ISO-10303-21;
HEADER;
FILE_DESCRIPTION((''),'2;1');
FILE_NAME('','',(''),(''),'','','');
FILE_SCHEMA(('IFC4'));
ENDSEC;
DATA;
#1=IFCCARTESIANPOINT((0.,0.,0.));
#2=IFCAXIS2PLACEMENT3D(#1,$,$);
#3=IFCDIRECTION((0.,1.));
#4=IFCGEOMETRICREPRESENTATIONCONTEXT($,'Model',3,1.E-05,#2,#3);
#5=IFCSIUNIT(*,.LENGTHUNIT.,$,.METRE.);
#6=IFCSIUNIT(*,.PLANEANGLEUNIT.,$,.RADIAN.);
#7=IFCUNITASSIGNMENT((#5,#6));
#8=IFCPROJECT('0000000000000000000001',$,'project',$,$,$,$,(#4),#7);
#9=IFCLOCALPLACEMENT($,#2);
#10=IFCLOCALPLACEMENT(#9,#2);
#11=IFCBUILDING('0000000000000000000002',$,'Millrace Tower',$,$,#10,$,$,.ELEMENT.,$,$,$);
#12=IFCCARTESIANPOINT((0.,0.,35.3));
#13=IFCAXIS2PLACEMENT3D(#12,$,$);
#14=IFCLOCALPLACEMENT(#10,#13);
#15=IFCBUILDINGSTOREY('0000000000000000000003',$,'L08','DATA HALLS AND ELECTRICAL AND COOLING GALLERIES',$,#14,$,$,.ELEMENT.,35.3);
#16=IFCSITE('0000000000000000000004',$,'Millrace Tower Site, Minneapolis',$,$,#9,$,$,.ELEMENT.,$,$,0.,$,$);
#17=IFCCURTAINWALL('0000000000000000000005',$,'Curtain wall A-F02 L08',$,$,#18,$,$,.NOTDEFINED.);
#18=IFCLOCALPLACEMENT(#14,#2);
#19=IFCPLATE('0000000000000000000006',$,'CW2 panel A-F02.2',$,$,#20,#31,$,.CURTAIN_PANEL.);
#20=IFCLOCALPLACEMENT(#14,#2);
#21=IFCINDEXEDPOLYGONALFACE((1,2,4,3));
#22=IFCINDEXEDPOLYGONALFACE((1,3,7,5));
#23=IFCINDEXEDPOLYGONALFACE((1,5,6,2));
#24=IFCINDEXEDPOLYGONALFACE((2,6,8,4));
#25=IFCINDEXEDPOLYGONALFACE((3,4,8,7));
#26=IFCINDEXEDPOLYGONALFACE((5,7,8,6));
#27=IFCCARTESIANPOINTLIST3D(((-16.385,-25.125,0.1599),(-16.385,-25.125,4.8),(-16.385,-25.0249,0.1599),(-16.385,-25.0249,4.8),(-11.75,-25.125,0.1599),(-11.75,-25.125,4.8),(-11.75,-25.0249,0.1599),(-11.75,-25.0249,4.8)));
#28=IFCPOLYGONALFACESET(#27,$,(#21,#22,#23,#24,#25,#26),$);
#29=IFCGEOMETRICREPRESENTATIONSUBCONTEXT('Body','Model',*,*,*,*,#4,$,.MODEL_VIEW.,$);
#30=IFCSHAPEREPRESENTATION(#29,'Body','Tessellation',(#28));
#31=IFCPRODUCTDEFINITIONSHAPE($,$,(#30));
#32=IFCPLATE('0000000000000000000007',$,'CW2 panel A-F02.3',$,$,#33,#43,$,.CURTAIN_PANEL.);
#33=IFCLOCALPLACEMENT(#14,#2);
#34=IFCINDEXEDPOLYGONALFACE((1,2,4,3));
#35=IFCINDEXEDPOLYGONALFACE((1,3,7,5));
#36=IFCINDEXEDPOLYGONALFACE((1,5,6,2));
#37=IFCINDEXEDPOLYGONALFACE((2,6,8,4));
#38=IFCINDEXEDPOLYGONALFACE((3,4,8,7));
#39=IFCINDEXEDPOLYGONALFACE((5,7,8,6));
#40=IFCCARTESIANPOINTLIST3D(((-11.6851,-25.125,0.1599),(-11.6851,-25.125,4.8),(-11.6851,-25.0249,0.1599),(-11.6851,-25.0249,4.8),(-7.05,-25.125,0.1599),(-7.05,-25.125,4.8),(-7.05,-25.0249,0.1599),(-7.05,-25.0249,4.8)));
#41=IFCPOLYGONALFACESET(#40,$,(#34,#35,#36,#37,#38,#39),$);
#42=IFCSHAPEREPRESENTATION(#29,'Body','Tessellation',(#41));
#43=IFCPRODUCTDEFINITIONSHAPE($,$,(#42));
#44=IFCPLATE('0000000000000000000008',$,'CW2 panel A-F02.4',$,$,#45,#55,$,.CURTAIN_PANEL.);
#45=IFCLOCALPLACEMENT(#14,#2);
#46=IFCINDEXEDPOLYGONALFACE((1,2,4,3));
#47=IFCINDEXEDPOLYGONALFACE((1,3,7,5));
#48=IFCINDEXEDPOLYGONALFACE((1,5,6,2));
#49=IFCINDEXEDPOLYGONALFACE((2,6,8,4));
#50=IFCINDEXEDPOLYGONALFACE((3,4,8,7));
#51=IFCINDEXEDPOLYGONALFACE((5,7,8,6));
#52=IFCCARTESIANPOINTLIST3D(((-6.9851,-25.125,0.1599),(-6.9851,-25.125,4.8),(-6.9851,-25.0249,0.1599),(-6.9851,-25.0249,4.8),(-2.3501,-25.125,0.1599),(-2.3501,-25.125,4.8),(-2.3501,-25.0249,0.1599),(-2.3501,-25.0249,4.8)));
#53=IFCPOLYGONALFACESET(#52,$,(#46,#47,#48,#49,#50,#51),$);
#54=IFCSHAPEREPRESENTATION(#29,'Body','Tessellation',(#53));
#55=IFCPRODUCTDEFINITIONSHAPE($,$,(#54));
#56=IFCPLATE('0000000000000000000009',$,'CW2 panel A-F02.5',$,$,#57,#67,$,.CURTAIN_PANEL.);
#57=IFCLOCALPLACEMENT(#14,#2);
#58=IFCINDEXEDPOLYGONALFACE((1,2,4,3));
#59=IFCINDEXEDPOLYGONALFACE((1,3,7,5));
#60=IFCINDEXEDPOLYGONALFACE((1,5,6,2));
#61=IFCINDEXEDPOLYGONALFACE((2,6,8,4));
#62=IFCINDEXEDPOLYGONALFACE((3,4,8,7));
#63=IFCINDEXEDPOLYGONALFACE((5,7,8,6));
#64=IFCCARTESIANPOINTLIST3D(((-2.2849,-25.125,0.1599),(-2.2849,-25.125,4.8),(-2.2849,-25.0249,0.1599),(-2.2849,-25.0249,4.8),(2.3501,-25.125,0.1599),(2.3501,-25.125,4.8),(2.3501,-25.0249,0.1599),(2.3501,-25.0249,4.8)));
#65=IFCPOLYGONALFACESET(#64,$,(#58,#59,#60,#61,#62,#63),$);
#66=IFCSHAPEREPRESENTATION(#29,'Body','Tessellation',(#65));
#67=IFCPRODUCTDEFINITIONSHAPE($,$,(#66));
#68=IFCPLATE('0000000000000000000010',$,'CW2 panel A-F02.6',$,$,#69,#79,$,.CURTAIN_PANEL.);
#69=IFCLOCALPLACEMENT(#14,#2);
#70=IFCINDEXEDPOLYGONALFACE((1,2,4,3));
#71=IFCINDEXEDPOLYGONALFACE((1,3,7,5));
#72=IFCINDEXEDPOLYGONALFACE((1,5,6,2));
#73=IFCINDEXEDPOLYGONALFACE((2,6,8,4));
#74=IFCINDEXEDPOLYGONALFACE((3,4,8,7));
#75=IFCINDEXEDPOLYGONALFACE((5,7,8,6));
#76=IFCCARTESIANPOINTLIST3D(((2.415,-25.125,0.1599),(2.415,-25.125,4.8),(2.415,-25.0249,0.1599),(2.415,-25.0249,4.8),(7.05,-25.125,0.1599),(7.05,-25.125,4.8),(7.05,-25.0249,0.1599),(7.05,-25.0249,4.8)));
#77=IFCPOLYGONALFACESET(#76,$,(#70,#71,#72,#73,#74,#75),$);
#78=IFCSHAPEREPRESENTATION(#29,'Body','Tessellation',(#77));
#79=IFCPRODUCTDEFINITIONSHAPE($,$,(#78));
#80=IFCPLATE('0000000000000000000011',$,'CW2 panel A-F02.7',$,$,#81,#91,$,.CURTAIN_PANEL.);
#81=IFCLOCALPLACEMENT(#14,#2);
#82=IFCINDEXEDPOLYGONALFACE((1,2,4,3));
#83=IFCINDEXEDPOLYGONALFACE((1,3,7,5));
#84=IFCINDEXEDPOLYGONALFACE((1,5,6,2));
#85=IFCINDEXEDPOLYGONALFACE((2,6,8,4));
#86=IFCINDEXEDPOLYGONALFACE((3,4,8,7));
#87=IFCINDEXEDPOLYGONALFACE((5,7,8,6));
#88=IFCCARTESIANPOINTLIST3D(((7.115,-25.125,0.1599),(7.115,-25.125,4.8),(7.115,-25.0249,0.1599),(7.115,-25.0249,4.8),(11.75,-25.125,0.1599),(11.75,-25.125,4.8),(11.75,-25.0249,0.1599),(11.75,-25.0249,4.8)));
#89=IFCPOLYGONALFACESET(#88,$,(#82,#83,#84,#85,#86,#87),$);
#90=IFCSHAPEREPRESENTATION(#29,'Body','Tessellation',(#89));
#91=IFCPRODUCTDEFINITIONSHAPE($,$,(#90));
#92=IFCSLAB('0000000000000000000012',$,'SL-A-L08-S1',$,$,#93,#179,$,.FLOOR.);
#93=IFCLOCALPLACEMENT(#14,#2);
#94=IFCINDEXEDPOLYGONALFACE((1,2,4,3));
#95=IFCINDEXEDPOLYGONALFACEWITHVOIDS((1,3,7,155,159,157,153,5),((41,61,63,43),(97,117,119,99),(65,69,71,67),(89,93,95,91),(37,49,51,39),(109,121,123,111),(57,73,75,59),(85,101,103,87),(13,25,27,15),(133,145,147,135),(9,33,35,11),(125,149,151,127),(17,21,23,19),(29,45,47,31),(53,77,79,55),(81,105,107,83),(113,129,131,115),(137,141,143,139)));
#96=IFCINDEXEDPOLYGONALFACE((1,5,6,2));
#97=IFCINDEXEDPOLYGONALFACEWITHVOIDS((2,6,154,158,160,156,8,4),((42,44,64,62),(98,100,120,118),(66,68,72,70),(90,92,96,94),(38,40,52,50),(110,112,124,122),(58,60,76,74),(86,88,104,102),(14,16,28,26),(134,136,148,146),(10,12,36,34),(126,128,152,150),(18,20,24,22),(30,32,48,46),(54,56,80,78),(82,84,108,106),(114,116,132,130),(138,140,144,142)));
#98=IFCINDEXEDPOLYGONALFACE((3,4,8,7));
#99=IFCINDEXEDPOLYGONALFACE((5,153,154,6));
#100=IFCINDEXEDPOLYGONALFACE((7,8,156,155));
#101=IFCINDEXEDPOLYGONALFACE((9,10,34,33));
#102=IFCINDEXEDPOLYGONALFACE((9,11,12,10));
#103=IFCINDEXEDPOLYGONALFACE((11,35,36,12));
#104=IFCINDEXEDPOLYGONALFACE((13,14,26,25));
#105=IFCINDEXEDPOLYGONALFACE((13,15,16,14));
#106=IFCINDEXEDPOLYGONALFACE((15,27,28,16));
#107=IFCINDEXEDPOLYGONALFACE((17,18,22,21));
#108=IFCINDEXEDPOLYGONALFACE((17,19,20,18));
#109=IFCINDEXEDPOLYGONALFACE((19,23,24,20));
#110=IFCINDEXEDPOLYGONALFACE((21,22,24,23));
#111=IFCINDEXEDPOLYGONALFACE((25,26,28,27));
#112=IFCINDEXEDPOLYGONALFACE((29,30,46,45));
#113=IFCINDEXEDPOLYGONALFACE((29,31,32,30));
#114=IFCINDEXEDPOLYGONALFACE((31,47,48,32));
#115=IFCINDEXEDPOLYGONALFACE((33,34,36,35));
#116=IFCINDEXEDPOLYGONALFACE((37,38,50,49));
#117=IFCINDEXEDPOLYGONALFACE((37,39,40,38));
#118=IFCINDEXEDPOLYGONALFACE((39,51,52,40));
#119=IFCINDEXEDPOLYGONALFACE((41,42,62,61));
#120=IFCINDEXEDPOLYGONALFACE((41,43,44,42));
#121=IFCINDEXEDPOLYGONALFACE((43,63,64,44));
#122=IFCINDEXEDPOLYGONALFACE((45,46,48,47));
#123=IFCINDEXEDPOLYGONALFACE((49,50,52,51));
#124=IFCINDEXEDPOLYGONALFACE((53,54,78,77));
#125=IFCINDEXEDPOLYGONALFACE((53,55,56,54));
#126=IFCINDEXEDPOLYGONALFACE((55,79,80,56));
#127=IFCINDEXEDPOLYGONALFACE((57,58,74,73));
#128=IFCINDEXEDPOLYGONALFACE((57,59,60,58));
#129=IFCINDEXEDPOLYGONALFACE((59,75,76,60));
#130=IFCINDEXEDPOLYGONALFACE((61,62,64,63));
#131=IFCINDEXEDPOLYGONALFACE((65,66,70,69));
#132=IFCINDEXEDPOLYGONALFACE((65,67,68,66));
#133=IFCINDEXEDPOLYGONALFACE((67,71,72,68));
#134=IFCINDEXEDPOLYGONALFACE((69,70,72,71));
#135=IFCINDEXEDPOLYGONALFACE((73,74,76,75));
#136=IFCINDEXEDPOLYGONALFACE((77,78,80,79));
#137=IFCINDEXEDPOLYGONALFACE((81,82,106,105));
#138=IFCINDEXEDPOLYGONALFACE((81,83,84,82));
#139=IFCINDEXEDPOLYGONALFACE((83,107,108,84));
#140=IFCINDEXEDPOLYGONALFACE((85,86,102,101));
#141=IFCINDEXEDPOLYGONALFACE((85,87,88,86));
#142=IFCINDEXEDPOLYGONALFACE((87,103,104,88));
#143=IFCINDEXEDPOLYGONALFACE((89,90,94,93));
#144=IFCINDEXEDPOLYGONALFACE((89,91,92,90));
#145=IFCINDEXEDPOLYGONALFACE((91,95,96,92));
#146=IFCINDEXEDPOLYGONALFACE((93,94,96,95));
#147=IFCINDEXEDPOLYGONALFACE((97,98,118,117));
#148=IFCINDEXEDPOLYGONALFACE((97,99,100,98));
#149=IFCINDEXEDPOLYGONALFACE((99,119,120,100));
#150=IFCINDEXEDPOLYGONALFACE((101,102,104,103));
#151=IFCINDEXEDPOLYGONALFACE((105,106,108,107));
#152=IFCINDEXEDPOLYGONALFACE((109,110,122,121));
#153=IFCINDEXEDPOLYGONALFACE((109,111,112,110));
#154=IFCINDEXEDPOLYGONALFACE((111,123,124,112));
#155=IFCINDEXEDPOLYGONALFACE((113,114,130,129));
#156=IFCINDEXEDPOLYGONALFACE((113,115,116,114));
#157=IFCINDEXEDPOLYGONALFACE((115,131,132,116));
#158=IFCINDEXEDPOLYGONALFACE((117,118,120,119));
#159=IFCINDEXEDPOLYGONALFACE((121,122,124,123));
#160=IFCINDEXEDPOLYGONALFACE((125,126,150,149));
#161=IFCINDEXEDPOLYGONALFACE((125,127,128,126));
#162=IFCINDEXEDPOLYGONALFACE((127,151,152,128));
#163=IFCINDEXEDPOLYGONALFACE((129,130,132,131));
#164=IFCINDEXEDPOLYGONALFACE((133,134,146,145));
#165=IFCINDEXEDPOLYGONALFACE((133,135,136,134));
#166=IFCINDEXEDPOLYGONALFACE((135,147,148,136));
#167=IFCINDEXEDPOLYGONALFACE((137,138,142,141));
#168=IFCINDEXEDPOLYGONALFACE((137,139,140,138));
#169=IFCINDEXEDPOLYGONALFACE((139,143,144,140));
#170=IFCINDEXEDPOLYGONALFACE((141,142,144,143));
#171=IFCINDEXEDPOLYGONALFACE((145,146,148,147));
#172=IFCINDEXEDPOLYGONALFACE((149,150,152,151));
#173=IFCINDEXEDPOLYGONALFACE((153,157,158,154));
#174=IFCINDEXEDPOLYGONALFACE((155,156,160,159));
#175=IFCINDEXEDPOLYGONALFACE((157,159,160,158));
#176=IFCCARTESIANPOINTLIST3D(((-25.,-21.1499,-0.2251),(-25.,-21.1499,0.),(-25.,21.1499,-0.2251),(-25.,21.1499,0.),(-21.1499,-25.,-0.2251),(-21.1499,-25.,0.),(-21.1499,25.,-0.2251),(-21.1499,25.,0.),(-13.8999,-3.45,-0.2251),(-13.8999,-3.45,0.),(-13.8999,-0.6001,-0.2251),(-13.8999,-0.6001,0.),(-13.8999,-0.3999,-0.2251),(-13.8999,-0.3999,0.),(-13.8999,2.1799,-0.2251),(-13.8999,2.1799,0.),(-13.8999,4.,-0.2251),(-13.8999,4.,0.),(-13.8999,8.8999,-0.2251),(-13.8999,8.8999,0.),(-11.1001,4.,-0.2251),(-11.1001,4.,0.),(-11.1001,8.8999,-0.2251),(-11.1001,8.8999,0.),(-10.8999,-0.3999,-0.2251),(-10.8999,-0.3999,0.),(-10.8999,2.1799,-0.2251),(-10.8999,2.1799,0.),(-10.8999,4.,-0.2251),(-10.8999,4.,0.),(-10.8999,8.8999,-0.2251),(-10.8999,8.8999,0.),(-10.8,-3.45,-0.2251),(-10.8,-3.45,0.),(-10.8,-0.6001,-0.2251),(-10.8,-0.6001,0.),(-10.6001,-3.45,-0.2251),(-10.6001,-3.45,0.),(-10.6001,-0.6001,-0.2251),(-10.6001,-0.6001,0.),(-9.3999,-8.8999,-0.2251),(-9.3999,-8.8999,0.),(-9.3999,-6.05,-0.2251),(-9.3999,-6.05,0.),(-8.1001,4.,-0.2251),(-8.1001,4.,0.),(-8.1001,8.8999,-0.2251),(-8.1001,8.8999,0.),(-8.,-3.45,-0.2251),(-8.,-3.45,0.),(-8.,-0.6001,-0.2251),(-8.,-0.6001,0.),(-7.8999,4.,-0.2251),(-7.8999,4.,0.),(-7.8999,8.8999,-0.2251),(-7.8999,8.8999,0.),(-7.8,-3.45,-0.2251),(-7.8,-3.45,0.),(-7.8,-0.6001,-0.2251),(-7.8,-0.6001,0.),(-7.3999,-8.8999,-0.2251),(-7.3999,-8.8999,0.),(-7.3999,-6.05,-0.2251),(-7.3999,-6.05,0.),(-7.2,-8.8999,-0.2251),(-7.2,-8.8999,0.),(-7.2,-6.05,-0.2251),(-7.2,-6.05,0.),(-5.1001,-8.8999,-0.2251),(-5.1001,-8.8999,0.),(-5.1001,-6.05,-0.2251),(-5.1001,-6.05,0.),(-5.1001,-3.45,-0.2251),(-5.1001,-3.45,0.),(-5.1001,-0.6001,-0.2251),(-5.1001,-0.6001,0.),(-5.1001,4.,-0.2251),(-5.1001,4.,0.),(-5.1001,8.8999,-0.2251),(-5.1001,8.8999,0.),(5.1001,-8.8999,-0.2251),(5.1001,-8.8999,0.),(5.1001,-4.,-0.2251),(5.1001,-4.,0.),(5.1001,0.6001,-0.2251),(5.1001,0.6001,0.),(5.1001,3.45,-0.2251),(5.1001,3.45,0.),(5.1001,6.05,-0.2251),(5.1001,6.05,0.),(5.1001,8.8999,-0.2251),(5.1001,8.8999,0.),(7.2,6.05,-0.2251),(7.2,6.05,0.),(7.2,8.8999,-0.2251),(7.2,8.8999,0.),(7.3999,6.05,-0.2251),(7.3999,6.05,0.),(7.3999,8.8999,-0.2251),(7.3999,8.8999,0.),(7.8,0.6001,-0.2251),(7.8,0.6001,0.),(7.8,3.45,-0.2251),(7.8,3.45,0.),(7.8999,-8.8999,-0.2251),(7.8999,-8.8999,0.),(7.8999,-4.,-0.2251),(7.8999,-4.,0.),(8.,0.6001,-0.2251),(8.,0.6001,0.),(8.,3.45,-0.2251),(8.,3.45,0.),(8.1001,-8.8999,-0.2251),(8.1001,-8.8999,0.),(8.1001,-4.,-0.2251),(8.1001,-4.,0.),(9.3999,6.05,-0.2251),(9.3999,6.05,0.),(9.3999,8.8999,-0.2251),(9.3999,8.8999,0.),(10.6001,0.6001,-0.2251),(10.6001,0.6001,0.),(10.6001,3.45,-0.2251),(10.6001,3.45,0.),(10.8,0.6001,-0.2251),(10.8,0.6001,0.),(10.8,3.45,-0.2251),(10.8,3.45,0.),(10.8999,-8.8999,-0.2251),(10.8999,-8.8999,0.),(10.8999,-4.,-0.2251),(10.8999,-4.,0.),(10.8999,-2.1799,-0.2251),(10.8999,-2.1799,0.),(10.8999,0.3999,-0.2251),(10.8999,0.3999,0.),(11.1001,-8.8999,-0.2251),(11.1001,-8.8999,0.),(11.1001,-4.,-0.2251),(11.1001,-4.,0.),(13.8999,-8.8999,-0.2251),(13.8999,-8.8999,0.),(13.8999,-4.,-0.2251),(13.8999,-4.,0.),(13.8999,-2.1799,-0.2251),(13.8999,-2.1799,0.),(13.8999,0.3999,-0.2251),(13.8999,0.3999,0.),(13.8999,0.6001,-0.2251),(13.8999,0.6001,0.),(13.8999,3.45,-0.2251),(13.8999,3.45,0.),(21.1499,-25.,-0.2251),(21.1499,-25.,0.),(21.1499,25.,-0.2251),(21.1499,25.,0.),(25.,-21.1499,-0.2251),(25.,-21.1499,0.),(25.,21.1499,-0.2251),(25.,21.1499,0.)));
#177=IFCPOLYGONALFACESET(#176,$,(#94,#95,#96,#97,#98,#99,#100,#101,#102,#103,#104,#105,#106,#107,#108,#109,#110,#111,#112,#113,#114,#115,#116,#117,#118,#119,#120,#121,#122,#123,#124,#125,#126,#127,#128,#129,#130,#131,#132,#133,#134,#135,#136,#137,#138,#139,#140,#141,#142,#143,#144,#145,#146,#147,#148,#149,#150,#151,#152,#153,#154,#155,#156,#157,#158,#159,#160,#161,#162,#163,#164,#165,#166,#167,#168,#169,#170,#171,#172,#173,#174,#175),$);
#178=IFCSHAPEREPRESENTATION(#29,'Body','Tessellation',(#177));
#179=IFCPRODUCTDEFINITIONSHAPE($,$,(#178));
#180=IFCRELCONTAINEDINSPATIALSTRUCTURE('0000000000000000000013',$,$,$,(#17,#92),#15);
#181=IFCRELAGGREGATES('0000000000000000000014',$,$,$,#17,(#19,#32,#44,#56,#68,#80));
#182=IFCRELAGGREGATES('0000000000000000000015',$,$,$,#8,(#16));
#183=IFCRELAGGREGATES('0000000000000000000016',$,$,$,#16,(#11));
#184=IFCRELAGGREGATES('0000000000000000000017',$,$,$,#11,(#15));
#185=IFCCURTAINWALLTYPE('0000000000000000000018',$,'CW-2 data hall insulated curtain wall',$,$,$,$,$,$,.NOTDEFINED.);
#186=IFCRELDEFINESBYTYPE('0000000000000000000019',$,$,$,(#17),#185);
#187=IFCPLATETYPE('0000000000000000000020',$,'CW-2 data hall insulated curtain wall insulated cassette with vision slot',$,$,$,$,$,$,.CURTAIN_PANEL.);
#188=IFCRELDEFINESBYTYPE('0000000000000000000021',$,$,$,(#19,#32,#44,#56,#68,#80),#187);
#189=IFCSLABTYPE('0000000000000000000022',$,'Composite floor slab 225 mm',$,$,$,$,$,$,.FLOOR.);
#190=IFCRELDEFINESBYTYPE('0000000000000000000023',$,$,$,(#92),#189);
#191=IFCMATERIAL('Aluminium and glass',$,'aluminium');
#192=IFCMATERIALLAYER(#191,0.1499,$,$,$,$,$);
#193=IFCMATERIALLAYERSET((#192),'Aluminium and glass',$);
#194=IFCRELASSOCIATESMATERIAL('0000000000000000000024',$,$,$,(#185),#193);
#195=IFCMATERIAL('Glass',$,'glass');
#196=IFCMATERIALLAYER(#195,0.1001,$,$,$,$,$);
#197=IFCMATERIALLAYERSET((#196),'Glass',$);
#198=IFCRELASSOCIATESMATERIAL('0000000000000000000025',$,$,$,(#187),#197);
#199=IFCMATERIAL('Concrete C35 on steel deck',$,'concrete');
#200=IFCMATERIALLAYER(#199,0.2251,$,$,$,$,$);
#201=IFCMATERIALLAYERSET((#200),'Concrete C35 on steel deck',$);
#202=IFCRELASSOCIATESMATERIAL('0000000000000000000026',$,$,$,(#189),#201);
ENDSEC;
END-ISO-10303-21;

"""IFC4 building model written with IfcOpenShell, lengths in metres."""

from ifc_helpers import new_model, si_unit, direction, frame, origin, place, context, subcontext, project, spatial, polyline, outline, extrude, material, layer, layer_set, type_object, element, aggregate, save


model = new_model("IFC4")

# Units and contexts
model_context = context("Model", 3, precision=1e-05, world=origin(), true_north=direction((0.0, 1.0)))
body_context = subcontext(model_context, "Body", "Model", "MODEL_VIEW")
ifc_project = project(units=[si_unit("LENGTHUNIT", "METRE"), si_unit("PLANEANGLEUNIT", "RADIAN")], contexts=[model_context])

# Site, building, storey
site_placement = place(None, origin())
site = spatial("IfcSite", under=ifc_project, at=site_placement, Name="Millrace Tower Site, Minneapolis", CompositionType="ELEMENT", RefElevation=0.0)
building_placement = place(site_placement, origin())
building = spatial("IfcBuilding", under=site, at=building_placement, Name="Millrace Tower", CompositionType="ELEMENT")
storey_placement = place(building_placement, frame((0.0, 0.0, 35.3)))
storey = spatial("IfcBuildingStorey", under=building, at=storey_placement, Name="L08", Description="DATA HALLS AND ELECTRICAL AND COOLING GALLERIES", CompositionType="ELEMENT", Elevation=35.3)

# Shared definitions
ifc_material_1 = material(Name="Aluminium and glass", Category="aluminium")
ifc_layer_1 = layer(ifc_material_1, 0.1499)
ifc_layer_set_1 = layer_set([ifc_layer_1], Name="Aluminium and glass")
curtain_wall_type = type_object("IfcCurtainWallType", Name="CW-2 data hall insulated curtain wall", PredefinedType="NOTDEFINED", material=ifc_layer_set_1)
placement_1 = place(storey_placement, origin())
ifc_material_2 = material(Name="Glass", Category="glass")
ifc_layer_2 = layer(ifc_material_2, 0.1001)
ifc_layer_set_2 = layer_set([ifc_layer_2], Name="Glass")
plate_type = type_object("IfcPlateType", Name="CW-2 data hall insulated curtain wall insulated cassette with vision slot", PredefinedType="CURTAIN_PANEL", material=ifc_layer_set_2)
placement_2 = place(storey_placement, frame((0.0, 0.0, 0.1599)))

# Curtain wall, plates
curtain_wall_1 = element("IfcCurtainWall", 1, at=placement_1, inside=storey, type_object=curtain_wall_type, Name="Curtain wall A-F02 L08", PredefinedType="NOTDEFINED")
plate_1 = element("IfcPlate", 2, at=placement_2, type_object=plate_type, Name="CW2 panel A-F02.2", PredefinedType="CURTAIN_PANEL", context=body_context, shape_type="SweptSolid", body=[
    extrude(outline(polyline([(-16.385, -25.125), (-11.75, -25.125), (-11.75, -25.0249), (-16.385, -25.0249), (-16.385, -25.125)])), origin(), (0.0, 0.0, 1.0), 4.6401),
])
plate_2 = element("IfcPlate", 3, at=placement_2, type_object=plate_type, Name="CW2 panel A-F02.3", PredefinedType="CURTAIN_PANEL", context=body_context, shape_type="SweptSolid", body=[
    extrude(outline(polyline([(-11.6851, -25.125), (-7.05, -25.125), (-7.05, -25.0249), (-11.6851, -25.0249), (-11.6851, -25.125)])), origin(), (0.0, 0.0, 1.0), 4.6401),
])
plate_3 = element("IfcPlate", 4, at=placement_2, type_object=plate_type, Name="CW2 panel A-F02.4", PredefinedType="CURTAIN_PANEL", context=body_context, shape_type="SweptSolid", body=[
    extrude(outline(polyline([(-6.9851, -25.125), (-2.3501, -25.125), (-2.3501, -25.0249), (-6.9851, -25.0249), (-6.9851, -25.125)])), origin(), (0.0, 0.0, 1.0), 4.6401),
])
plate_4 = element("IfcPlate", 5, at=placement_2, type_object=plate_type, Name="CW2 panel A-F02.5", PredefinedType="CURTAIN_PANEL", context=body_context, shape_type="SweptSolid", body=[
    extrude(outline(polyline([(-2.2849, -25.125), (2.3501, -25.125), (2.3501, -25.0249), (-2.2849, -25.0249), (-2.2849, -25.125)])), origin(), (0.0, 0.0, 1.0), 4.6401),
])
plate_5 = element("IfcPlate", 6, at=placement_2, type_object=plate_type, Name="CW2 panel A-F02.6", PredefinedType="CURTAIN_PANEL", context=body_context, shape_type="SweptSolid", body=[
    extrude(outline(polyline([(2.415, -25.125), (7.05, -25.125), (7.05, -25.0249), (2.415, -25.0249), (2.415, -25.125)])), origin(), (0.0, 0.0, 1.0), 4.6401),
])
plate_6 = element("IfcPlate", 7, at=placement_2, type_object=plate_type, Name="CW2 panel A-F02.7", PredefinedType="CURTAIN_PANEL", context=body_context, shape_type="SweptSolid", body=[
    extrude(outline(polyline([(7.115, -25.125), (11.75, -25.125), (11.75, -25.0249), (7.115, -25.0249), (7.115, -25.125)])), origin(), (0.0, 0.0, 1.0), 4.6401),
])
aggregate(curtain_wall_1, [plate_1, plate_2, plate_3, plate_4, plate_5, plate_6])

# Slab
ifc_material_3 = material(Name="Concrete C35 on steel deck", Category="concrete")
ifc_layer_3 = layer(ifc_material_3, 0.2251)
ifc_layer_set_3 = layer_set([ifc_layer_3], Name="Concrete C35 on steel deck")
slab_type = type_object("IfcSlabType", Name="Composite floor slab 225 mm", PredefinedType="FLOOR", material=ifc_layer_set_3)
slab_placement = place(storey_placement, frame((0.0, 0.0, -0.2251)))
element("IfcSlab", 8, at=slab_placement, inside=storey, type_object=slab_type, Name="SL-A-L08-S1", PredefinedType="FLOOR", context=body_context, shape_type="SweptSolid", body=[
    extrude(outline(polyline([(-25.0, -21.1499), (-21.1499, -25.0), (21.1499, -25.0), (25.0, -21.1499), (25.0, 21.1499), (21.1499, 25.0), (-21.1499, 25.0), (-25.0, 21.1499), (-25.0, -21.1499)]), holes=[polyline([(-9.3999, -8.8999), (-7.3999, -8.8999), (-7.3999, -6.05), (-9.3999, -6.05), (-9.3999, -8.8999)]), polyline([(-7.2, -8.8999), (-5.1001, -8.8999), (-5.1001, -6.05), (-7.2, -6.05), (-7.2, -8.8999)]), polyline([(-13.8999, -3.45), (-10.8, -3.45), (-10.8, -0.6001), (-13.8999, -0.6001), (-13.8999, -3.45)]), polyline([(-10.6001, -3.45), (-8.0, -3.45), (-8.0, -0.6001), (-10.6001, -0.6001), (-10.6001, -3.45)]), polyline([(-7.8, -3.45), (-5.1001, -3.45), (-5.1001, -0.6001), (-7.8, -0.6001), (-7.8, -3.45)]), polyline([(-13.8999, -0.3999), (-10.8999, -0.3999), (-10.8999, 2.1799), (-13.8999, 2.1799), (-13.8999, -0.3999)]), polyline([(-13.8999, 4.0), (-11.1001, 4.0), (-11.1001, 8.8999), (-13.8999, 8.8999), (-13.8999, 4.0)]), polyline([(-10.8999, 4.0), (-8.1001, 4.0), (-8.1001, 8.8999), (-10.8999, 8.8999), (-10.8999, 4.0)]), polyline([(-7.8999, 4.0), (-5.1001, 4.0), (-5.1001, 8.8999), (-7.8999, 8.8999), (-7.8999, 4.0)]), polyline([(7.3999, 6.05), (9.3999, 6.05), (9.3999, 8.8999), (7.3999, 8.8999), (7.3999, 6.05)]), polyline([(5.1001, 6.05), (7.2, 6.05), (7.2, 8.8999), (5.1001, 8.8999), (5.1001, 6.05)]), polyline([(10.8, 0.6001), (13.8999, 0.6001), (13.8999, 3.45), (10.8, 3.45), (10.8, 0.6001)]), polyline([(8.0, 0.6001), (10.6001, 0.6001), (10.6001, 3.45), (8.0, 3.45), (8.0, 0.6001)]), polyline([(5.1001, 0.6001), (7.8, 0.6001), (7.8, 3.45), (5.1001, 3.45), (5.1001, 0.6001)]), polyline([(10.8999, -2.1799), (13.8999, -2.1799), (13.8999, 0.3999), (10.8999, 0.3999), (10.8999, -2.1799)]), polyline([(11.1001, -8.8999), (13.8999, -8.8999), (13.8999, -4.0), (11.1001, -4.0), (11.1001, -8.8999)]), polyline([(8.1001, -8.8999), (10.8999, -8.8999), (10.8999, -4.0), (8.1001, -4.0), (8.1001, -8.8999)]), polyline([(5.1001, -8.8999), (7.8999, -8.8999), (7.8999, -4.0), (5.1001, -4.0), (5.1001, -8.8999)])]), origin(), (0.0, 0.0, 1.0), 0.2251),
])

save(model, "model.ifc")
